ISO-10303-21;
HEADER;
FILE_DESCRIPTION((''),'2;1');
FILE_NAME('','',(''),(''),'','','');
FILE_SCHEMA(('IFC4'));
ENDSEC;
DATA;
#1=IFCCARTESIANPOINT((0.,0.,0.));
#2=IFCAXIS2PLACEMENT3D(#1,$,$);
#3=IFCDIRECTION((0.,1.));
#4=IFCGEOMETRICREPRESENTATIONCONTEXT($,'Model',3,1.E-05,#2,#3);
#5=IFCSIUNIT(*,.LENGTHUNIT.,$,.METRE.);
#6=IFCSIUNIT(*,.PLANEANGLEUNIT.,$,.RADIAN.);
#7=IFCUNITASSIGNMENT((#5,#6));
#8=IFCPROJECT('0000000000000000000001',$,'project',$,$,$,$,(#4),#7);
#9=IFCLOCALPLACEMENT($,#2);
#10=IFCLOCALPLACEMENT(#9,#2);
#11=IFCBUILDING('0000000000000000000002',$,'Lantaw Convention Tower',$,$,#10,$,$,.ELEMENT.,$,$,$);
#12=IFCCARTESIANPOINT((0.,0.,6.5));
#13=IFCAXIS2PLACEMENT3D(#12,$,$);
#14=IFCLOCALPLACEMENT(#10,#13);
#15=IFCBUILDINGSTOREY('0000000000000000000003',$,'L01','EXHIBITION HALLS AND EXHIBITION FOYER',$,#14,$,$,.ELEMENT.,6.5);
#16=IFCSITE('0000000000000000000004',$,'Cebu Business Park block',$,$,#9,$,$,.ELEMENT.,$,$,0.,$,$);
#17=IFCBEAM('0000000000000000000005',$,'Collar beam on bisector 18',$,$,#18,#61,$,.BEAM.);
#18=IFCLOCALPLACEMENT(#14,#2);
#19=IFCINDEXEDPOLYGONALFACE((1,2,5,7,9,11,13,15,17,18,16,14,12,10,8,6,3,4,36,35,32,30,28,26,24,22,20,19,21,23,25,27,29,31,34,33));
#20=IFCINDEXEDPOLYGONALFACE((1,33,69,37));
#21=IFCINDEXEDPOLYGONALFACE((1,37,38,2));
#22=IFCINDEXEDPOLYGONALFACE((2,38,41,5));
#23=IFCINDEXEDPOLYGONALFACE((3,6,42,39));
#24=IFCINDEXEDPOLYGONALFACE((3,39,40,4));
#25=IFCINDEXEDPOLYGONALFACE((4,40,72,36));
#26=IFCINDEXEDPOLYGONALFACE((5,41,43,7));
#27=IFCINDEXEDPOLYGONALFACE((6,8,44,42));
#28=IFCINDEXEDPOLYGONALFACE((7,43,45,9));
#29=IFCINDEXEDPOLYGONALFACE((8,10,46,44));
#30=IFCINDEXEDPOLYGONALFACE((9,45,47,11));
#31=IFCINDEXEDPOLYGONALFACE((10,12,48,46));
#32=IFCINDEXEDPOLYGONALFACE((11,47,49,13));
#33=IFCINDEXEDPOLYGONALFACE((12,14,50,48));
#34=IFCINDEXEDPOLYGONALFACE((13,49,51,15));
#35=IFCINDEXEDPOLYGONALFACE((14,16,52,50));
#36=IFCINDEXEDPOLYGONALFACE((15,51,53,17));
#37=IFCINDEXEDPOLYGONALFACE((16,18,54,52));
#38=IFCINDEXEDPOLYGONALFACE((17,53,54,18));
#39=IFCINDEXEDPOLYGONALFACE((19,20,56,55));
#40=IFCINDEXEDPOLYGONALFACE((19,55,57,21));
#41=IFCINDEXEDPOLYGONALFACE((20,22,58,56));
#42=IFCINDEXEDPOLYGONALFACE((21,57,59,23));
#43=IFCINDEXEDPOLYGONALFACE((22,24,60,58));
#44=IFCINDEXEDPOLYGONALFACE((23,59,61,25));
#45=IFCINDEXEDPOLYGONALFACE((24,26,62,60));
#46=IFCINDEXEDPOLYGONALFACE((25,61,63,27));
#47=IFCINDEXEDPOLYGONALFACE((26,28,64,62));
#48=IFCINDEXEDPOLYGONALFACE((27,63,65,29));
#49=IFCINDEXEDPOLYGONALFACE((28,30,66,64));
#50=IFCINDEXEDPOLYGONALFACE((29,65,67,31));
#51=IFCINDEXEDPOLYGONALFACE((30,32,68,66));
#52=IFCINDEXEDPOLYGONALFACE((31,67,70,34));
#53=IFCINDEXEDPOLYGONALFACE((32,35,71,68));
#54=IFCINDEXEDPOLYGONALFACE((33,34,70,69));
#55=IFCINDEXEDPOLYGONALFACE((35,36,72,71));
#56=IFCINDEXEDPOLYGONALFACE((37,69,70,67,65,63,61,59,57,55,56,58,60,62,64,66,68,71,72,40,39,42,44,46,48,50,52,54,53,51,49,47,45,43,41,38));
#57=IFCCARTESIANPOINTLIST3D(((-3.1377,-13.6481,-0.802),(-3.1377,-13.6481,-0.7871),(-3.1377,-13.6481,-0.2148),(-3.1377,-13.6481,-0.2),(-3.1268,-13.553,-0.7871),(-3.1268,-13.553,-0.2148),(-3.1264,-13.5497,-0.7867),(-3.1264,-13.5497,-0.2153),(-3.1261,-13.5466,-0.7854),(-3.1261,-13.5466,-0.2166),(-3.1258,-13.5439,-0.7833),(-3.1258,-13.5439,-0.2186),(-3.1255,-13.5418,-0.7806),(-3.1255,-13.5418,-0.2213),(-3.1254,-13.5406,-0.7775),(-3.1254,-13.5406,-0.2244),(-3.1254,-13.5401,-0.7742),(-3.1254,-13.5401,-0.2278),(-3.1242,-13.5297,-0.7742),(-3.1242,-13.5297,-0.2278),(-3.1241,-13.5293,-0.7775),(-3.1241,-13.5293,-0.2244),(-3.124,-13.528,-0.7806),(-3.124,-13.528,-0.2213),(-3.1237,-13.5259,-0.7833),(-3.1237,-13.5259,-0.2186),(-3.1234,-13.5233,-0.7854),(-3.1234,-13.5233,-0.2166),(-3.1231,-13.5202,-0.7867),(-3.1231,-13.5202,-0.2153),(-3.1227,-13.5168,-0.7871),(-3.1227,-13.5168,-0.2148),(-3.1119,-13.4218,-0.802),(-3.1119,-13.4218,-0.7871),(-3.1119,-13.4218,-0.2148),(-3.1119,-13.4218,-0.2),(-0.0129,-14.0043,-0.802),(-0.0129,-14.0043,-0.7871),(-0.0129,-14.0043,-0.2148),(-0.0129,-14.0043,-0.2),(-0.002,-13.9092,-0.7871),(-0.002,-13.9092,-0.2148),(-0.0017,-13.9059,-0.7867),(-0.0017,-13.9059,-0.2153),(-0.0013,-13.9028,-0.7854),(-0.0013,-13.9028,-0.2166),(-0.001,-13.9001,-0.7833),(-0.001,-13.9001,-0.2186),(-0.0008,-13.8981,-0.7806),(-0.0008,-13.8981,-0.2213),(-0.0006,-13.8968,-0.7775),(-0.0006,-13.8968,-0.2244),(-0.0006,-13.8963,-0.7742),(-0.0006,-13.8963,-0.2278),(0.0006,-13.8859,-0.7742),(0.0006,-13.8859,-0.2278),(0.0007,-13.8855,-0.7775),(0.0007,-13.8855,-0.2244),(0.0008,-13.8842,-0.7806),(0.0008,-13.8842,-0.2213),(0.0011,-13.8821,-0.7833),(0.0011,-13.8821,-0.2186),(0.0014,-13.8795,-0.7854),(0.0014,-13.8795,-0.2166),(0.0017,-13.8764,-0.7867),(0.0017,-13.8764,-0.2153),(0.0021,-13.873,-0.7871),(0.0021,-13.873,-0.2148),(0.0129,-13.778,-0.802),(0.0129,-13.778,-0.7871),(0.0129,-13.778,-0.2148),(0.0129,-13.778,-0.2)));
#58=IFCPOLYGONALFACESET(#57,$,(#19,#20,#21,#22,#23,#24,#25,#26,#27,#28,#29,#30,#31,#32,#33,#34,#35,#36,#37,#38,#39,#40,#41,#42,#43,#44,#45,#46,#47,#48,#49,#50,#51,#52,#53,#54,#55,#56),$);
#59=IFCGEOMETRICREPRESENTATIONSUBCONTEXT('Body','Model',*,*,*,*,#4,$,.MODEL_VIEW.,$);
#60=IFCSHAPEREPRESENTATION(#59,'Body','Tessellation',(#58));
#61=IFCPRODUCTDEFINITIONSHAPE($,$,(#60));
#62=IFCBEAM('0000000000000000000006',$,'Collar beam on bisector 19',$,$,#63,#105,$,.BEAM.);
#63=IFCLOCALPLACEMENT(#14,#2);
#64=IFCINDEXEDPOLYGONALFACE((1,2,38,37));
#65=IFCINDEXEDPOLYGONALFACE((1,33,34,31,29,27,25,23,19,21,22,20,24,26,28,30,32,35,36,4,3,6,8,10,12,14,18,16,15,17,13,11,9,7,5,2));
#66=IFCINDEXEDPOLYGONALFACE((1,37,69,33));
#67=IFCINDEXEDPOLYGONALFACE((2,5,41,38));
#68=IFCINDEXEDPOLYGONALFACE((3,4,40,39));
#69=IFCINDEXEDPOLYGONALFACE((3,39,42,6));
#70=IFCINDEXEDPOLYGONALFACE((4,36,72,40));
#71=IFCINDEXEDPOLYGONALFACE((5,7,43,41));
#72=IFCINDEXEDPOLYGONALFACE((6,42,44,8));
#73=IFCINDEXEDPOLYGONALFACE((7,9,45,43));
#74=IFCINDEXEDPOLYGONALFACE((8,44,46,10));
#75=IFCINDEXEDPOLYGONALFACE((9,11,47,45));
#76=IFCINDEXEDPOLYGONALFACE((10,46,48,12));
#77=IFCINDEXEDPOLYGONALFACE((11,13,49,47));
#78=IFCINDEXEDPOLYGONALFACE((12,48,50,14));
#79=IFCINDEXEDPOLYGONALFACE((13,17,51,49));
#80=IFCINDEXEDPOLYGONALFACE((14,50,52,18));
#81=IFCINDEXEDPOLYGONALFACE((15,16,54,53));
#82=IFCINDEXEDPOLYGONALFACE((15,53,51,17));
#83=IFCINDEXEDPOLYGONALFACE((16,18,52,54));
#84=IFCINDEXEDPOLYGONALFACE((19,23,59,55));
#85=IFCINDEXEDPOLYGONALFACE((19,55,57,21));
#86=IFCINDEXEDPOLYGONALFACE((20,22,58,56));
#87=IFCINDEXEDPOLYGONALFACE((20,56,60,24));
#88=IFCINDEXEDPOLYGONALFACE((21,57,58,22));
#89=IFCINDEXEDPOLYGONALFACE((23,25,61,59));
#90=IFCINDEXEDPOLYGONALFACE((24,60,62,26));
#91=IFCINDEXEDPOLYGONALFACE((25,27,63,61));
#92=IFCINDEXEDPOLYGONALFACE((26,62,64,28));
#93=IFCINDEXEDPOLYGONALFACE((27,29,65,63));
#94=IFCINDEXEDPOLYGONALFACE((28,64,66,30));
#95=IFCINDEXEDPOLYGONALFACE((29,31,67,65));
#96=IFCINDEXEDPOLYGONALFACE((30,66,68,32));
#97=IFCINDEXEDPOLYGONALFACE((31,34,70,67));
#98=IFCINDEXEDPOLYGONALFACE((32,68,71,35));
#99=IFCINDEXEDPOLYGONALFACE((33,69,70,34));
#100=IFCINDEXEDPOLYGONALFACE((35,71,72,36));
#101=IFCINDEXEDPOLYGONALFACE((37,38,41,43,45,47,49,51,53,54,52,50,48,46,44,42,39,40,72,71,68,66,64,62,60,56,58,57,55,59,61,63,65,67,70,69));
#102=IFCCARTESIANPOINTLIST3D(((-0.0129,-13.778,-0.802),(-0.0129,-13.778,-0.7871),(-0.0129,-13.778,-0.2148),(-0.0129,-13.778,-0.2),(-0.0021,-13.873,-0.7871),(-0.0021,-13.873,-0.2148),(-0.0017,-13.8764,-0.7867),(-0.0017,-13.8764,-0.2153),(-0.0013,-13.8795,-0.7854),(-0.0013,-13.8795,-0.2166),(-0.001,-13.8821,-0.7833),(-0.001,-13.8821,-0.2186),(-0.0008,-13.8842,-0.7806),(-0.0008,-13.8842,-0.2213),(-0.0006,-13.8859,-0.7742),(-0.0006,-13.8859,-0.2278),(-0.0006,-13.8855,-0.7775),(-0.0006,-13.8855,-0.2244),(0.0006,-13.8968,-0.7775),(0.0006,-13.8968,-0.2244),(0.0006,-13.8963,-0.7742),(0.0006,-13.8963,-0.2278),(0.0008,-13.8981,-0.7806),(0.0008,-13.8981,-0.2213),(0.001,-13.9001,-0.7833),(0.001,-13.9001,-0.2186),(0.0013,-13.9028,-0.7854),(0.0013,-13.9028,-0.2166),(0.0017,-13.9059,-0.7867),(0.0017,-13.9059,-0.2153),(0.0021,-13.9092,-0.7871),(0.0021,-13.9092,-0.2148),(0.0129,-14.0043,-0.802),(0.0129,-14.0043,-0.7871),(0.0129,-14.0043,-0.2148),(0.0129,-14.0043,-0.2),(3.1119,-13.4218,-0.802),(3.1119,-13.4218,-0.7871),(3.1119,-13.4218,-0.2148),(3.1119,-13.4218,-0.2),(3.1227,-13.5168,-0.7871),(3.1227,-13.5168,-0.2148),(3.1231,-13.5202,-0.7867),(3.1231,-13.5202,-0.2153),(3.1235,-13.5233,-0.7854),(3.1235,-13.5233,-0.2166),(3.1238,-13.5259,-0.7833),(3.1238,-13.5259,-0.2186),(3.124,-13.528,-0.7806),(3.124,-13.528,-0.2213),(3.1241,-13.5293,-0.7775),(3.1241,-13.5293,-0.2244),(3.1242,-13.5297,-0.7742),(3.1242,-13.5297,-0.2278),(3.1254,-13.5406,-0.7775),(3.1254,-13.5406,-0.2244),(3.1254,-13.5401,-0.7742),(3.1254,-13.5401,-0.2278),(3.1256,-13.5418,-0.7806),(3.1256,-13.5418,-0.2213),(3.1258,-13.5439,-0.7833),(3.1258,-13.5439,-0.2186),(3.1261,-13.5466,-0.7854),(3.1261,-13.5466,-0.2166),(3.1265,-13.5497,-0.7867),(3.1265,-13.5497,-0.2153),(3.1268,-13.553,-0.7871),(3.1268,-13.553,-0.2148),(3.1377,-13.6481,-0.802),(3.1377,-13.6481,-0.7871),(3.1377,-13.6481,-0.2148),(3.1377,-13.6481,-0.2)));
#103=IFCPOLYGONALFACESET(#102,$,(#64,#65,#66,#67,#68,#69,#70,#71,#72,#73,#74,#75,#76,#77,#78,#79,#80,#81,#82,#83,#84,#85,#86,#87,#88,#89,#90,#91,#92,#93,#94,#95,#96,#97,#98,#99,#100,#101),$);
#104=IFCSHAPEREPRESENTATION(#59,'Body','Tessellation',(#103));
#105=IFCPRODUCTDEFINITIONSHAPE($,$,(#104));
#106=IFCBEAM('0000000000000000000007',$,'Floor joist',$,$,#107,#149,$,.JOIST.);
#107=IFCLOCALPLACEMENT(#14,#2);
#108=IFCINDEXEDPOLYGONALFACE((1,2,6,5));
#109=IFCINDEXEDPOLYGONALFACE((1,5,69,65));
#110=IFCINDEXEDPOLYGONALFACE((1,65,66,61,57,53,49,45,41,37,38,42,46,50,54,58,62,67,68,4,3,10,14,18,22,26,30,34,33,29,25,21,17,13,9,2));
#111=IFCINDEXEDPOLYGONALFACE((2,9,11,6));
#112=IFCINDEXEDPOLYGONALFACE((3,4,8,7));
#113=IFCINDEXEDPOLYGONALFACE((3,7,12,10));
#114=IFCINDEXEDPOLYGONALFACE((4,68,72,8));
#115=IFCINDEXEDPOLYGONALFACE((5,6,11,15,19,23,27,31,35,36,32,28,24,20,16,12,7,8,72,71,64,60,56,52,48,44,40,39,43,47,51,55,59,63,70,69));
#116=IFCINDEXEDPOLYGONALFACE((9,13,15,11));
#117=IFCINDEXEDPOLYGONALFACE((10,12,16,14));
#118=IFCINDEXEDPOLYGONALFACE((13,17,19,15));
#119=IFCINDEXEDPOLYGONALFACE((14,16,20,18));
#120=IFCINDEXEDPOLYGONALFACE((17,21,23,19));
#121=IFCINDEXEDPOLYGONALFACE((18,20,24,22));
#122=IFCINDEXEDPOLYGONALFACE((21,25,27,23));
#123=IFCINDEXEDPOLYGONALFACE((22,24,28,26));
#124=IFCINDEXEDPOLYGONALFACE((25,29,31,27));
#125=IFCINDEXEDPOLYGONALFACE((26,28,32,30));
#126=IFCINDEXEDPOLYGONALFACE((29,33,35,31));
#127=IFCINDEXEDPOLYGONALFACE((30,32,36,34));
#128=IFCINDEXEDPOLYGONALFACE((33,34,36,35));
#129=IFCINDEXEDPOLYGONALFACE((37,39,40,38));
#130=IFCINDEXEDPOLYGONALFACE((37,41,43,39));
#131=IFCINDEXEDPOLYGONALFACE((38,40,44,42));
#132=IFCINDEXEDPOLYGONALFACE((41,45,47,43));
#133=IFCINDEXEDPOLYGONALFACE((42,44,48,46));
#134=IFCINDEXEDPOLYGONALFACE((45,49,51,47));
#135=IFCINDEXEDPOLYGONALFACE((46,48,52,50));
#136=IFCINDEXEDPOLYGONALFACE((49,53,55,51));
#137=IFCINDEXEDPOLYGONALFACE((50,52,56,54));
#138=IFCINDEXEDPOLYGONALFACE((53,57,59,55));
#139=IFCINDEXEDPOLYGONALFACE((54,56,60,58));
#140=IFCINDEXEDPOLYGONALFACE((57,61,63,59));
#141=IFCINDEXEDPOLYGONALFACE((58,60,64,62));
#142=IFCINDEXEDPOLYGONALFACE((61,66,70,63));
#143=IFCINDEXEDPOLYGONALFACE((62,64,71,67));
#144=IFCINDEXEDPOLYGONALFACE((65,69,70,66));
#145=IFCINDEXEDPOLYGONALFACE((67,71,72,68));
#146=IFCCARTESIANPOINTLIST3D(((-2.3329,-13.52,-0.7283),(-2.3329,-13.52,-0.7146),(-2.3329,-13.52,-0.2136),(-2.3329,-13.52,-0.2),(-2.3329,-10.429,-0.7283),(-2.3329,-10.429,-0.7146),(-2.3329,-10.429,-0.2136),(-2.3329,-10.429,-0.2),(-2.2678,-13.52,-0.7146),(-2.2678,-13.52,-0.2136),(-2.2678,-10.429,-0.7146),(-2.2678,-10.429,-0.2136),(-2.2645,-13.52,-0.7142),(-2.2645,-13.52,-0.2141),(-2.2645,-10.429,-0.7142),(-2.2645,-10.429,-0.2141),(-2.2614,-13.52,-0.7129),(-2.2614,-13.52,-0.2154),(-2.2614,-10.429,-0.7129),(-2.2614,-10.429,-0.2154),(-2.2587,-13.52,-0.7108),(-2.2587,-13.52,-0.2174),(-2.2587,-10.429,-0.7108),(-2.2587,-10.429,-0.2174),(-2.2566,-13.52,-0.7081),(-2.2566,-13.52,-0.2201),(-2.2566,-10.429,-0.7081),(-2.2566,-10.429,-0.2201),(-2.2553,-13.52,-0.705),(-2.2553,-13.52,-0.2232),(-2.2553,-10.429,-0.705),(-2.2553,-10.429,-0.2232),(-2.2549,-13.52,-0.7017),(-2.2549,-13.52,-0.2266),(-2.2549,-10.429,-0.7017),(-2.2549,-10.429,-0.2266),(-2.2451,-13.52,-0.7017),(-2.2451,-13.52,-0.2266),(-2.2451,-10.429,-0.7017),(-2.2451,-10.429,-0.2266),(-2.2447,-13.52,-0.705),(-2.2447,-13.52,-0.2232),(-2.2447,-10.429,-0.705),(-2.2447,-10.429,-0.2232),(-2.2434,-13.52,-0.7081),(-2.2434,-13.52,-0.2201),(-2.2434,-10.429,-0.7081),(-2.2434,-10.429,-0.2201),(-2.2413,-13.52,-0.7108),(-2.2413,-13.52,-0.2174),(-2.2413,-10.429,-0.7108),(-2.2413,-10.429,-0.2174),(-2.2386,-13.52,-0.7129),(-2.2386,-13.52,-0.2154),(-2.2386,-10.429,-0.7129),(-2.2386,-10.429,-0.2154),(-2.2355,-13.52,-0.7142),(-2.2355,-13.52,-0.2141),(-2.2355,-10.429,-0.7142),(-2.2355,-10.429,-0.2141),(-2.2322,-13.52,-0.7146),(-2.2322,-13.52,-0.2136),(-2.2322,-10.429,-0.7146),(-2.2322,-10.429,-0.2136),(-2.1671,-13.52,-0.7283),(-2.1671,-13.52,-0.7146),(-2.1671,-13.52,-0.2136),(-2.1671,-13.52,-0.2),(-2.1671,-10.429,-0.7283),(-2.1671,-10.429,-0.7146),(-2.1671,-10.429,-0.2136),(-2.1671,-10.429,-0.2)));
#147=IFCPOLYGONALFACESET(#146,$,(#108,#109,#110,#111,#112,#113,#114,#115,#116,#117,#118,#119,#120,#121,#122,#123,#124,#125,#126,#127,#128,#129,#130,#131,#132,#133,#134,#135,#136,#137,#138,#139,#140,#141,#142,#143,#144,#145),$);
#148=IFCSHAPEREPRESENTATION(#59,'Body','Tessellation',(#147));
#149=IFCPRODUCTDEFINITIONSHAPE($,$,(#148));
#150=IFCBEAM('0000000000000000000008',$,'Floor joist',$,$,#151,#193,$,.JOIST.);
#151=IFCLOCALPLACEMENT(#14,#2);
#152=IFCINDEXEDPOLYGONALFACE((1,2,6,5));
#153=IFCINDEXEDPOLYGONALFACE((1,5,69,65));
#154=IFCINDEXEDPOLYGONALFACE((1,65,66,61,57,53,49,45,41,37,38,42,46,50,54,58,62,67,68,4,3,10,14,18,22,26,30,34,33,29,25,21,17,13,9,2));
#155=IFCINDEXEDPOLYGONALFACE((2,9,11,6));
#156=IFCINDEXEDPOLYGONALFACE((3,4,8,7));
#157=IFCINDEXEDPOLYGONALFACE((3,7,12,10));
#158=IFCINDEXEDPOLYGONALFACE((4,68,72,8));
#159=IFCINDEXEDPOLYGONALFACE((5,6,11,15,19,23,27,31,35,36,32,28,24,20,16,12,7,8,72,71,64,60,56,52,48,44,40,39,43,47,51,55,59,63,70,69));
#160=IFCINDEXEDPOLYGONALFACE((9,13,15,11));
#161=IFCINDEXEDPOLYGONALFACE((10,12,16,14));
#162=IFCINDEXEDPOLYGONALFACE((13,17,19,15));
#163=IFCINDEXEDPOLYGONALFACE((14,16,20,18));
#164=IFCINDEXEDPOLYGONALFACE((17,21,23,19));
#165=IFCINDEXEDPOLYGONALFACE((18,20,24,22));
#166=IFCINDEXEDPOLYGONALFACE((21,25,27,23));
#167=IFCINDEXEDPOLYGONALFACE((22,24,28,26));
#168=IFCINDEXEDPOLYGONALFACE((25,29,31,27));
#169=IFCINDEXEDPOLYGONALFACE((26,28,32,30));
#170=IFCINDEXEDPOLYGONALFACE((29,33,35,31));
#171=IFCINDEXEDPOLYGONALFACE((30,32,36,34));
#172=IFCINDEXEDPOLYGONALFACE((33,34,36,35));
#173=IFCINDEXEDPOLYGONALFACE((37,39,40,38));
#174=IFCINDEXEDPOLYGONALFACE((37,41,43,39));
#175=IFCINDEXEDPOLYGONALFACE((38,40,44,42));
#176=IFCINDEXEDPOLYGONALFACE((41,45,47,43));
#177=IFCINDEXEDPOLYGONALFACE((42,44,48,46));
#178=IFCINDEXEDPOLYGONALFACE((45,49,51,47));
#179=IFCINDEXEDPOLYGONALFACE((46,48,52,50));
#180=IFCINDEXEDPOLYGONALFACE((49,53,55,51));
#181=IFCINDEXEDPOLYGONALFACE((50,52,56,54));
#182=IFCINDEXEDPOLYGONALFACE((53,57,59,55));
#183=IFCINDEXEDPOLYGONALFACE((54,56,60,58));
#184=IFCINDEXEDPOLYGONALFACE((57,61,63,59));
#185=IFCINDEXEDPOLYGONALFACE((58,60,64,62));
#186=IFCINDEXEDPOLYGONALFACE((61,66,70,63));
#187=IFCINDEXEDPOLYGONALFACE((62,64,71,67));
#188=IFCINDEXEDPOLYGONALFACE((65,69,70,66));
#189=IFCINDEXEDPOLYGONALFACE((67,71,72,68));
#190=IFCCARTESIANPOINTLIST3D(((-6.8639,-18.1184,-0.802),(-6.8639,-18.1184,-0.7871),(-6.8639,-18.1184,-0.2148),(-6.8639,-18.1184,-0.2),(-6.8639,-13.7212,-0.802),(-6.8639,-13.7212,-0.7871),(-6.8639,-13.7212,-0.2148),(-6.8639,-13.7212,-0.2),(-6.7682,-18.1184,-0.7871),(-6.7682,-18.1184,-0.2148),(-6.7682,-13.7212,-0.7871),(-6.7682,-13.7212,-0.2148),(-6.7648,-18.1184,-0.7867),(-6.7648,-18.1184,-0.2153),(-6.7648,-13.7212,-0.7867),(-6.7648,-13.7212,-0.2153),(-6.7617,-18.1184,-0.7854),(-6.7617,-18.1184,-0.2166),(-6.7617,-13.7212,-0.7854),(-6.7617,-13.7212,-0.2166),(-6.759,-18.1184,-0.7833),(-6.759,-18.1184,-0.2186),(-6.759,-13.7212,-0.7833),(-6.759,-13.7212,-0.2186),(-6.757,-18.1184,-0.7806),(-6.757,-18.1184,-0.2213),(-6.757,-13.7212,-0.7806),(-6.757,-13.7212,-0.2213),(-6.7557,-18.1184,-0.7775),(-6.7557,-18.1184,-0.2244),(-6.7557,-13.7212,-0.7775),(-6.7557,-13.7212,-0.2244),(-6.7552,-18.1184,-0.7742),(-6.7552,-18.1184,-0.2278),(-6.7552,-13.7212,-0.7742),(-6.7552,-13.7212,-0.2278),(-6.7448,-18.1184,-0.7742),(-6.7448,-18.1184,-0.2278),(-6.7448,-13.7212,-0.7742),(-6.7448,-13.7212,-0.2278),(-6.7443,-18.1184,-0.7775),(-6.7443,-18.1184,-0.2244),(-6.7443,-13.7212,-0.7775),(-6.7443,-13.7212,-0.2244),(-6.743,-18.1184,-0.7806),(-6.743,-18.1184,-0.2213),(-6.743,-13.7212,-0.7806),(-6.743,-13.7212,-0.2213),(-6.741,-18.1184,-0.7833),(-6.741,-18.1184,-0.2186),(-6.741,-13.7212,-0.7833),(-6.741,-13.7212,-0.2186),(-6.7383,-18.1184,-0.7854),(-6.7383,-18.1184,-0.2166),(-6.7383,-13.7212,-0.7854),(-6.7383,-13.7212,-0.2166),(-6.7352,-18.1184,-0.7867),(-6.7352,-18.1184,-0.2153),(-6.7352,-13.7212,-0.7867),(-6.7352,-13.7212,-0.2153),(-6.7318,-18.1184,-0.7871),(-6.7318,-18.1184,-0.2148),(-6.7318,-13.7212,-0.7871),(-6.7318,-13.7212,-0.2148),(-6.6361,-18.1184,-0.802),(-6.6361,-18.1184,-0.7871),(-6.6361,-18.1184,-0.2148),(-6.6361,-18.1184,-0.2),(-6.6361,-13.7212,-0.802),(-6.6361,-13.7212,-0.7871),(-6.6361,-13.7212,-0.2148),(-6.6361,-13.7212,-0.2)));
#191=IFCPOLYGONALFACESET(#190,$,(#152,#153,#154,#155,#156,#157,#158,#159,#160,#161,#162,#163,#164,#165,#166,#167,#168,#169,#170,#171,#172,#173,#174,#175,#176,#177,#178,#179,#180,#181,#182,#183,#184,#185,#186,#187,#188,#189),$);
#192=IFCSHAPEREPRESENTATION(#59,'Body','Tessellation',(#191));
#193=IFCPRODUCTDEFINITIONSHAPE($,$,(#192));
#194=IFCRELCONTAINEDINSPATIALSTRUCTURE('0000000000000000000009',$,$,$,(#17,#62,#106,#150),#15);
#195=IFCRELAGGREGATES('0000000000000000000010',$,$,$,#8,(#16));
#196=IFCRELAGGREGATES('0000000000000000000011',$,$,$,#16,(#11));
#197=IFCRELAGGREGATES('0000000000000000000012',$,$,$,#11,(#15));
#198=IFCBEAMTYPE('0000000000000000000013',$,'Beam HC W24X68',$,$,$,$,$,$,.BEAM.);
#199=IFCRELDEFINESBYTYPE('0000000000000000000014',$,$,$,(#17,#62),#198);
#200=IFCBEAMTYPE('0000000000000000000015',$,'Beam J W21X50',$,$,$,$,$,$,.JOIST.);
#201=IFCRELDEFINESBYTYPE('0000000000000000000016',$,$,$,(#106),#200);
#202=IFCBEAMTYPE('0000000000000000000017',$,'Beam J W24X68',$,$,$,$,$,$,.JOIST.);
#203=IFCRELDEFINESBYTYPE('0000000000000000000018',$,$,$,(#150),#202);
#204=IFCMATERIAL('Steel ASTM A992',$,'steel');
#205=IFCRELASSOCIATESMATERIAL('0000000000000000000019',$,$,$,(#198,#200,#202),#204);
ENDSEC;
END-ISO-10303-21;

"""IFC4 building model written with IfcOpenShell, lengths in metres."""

from ifc_helpers import new_model, si_unit, direction, frame, origin, origin_2d, place, context, subcontext, project, spatial, i_section, extrude, material, material_profile, profile_set, type_object, element, save


model = new_model("IFC4")

# Units and contexts
model_context = context("Model", 3, precision=1e-05, world=origin(), true_north=direction((0.0, 1.0)))
body_context = subcontext(model_context, "Body", "Model", "MODEL_VIEW")
ifc_project = project(units=[si_unit("LENGTHUNIT", "METRE"), si_unit("PLANEANGLEUNIT", "RADIAN")], contexts=[model_context])

# Site, building, storey
site_placement = place(None, origin())
site = spatial("IfcSite", under=ifc_project, at=site_placement, Name="Cebu Business Park block", CompositionType="ELEMENT", RefElevation=0.0)
building_placement = place(site_placement, origin())
building = spatial("IfcBuilding", under=site, at=building_placement, Name="Lantaw Convention Tower", CompositionType="ELEMENT")
storey_placement = place(building_placement, frame((0.0, 0.0, 6.5)))
storey = spatial("IfcBuildingStorey", under=building, at=storey_placement, Name="L01", Description="EXHIBITION HALLS AND EXHIBITION FOYER", CompositionType="ELEMENT", Elevation=6.5)

# Beams
ifc_material_1 = material(Name="Steel ASTM A992", Category="steel")
ifc_material_profile_1 = material_profile(ifc_material_1, i_section(OverallWidth=0.2278, OverallDepth=0.6021, WebThickness=0.0105, FlangeThickness=0.0149, FilletRadius=0.0129, at=origin_2d()), Name="W24X68")
ifc_profile_set_1 = profile_set([ifc_material_profile_1], Name="Steel ASTM A992")
beam_type_1 = type_object("IfcBeamType", Name="Beam HC W24X68", PredefinedType="BEAM", material=ifc_profile_set_1)
for number, where, z_axis, x_axis, name in (
    (1, (-3.1248, -13.5349, -0.501), (0.993565, -0.11326, 0.0), (0.11326, 0.993565, 0.0), "Collar beam on bisector 18"),
    (2, (0.0, -13.8911, -0.501), (0.993565, 0.11326, 0.0), (-0.11326, 0.993565, 0.0), "Collar beam on bisector 19"),
):
    element("IfcBeam", number, at=place(storey_placement, frame(where, z_axis=z_axis, x_axis=x_axis)), inside=storey, type_object=beam_type_1, Name=name, PredefinedType="BEAM", context=body_context, shape_type="SweptSolid", body=[
        extrude(i_section(OverallWidth=0.2278, OverallDepth=0.6021, WebThickness=0.0105, FlangeThickness=0.0149, FilletRadius=0.0129, at=origin_2d()), origin(), (0.0, 0.0, 1.0), 3.145),
    ])
ifc_material_profile_2 = material_profile(ifc_material_1, i_section(OverallWidth=0.1658, OverallDepth=0.5283, WebThickness=0.0098, FlangeThickness=0.0137, FilletRadius=0.0129, at=origin_2d()), Name="W21X50")
ifc_profile_set_2 = profile_set([ifc_material_profile_2], Name="Steel ASTM A992")
beam_type_2 = type_object("IfcBeamType", Name="Beam J W21X50", PredefinedType="JOIST", material=ifc_profile_set_2)
beam_1_placement = place(storey_placement, frame((-2.25, -13.52, -0.4641), z_axis=(0.0, 1.0, 0.0), x_axis=(-1.0, 0.0, 0.0)))
element("IfcBeam", 3, at=beam_1_placement, inside=storey, type_object=beam_type_2, Name="Floor joist", PredefinedType="JOIST", context=body_context, shape_type="SweptSolid", body=[
    extrude(i_section(OverallWidth=0.1658, OverallDepth=0.5283, WebThickness=0.0098, FlangeThickness=0.0137, FilletRadius=0.0129, at=origin_2d()), origin(), (0.0, 0.0, 1.0), 3.0911),
])
ifc_material_profile_3 = material_profile(ifc_material_1, i_section(OverallWidth=0.2278, OverallDepth=0.6021, WebThickness=0.0105, FlangeThickness=0.0149, FilletRadius=0.0129, at=origin_2d()), Name="W24X68")
ifc_profile_set_3 = profile_set([ifc_material_profile_3], Name="Steel ASTM A992")
beam_type_3 = type_object("IfcBeamType", Name="Beam J W24X68", PredefinedType="JOIST", material=ifc_profile_set_3)
beam_2_placement = place(storey_placement, frame((-6.75, -18.1184, -0.501), z_axis=(0.0, 1.0, 0.0), x_axis=(-1.0, 0.0, 0.0)))
element("IfcBeam", 4, at=beam_2_placement, inside=storey, type_object=beam_type_3, Name="Floor joist", PredefinedType="JOIST", context=body_context, shape_type="SweptSolid", body=[
    extrude(i_section(OverallWidth=0.2278, OverallDepth=0.6021, WebThickness=0.0105, FlangeThickness=0.0149, FilletRadius=0.0129, at=origin_2d()), origin(), (0.0, 0.0, 1.0), 4.3972),
])

save(model, "model.ifc")
